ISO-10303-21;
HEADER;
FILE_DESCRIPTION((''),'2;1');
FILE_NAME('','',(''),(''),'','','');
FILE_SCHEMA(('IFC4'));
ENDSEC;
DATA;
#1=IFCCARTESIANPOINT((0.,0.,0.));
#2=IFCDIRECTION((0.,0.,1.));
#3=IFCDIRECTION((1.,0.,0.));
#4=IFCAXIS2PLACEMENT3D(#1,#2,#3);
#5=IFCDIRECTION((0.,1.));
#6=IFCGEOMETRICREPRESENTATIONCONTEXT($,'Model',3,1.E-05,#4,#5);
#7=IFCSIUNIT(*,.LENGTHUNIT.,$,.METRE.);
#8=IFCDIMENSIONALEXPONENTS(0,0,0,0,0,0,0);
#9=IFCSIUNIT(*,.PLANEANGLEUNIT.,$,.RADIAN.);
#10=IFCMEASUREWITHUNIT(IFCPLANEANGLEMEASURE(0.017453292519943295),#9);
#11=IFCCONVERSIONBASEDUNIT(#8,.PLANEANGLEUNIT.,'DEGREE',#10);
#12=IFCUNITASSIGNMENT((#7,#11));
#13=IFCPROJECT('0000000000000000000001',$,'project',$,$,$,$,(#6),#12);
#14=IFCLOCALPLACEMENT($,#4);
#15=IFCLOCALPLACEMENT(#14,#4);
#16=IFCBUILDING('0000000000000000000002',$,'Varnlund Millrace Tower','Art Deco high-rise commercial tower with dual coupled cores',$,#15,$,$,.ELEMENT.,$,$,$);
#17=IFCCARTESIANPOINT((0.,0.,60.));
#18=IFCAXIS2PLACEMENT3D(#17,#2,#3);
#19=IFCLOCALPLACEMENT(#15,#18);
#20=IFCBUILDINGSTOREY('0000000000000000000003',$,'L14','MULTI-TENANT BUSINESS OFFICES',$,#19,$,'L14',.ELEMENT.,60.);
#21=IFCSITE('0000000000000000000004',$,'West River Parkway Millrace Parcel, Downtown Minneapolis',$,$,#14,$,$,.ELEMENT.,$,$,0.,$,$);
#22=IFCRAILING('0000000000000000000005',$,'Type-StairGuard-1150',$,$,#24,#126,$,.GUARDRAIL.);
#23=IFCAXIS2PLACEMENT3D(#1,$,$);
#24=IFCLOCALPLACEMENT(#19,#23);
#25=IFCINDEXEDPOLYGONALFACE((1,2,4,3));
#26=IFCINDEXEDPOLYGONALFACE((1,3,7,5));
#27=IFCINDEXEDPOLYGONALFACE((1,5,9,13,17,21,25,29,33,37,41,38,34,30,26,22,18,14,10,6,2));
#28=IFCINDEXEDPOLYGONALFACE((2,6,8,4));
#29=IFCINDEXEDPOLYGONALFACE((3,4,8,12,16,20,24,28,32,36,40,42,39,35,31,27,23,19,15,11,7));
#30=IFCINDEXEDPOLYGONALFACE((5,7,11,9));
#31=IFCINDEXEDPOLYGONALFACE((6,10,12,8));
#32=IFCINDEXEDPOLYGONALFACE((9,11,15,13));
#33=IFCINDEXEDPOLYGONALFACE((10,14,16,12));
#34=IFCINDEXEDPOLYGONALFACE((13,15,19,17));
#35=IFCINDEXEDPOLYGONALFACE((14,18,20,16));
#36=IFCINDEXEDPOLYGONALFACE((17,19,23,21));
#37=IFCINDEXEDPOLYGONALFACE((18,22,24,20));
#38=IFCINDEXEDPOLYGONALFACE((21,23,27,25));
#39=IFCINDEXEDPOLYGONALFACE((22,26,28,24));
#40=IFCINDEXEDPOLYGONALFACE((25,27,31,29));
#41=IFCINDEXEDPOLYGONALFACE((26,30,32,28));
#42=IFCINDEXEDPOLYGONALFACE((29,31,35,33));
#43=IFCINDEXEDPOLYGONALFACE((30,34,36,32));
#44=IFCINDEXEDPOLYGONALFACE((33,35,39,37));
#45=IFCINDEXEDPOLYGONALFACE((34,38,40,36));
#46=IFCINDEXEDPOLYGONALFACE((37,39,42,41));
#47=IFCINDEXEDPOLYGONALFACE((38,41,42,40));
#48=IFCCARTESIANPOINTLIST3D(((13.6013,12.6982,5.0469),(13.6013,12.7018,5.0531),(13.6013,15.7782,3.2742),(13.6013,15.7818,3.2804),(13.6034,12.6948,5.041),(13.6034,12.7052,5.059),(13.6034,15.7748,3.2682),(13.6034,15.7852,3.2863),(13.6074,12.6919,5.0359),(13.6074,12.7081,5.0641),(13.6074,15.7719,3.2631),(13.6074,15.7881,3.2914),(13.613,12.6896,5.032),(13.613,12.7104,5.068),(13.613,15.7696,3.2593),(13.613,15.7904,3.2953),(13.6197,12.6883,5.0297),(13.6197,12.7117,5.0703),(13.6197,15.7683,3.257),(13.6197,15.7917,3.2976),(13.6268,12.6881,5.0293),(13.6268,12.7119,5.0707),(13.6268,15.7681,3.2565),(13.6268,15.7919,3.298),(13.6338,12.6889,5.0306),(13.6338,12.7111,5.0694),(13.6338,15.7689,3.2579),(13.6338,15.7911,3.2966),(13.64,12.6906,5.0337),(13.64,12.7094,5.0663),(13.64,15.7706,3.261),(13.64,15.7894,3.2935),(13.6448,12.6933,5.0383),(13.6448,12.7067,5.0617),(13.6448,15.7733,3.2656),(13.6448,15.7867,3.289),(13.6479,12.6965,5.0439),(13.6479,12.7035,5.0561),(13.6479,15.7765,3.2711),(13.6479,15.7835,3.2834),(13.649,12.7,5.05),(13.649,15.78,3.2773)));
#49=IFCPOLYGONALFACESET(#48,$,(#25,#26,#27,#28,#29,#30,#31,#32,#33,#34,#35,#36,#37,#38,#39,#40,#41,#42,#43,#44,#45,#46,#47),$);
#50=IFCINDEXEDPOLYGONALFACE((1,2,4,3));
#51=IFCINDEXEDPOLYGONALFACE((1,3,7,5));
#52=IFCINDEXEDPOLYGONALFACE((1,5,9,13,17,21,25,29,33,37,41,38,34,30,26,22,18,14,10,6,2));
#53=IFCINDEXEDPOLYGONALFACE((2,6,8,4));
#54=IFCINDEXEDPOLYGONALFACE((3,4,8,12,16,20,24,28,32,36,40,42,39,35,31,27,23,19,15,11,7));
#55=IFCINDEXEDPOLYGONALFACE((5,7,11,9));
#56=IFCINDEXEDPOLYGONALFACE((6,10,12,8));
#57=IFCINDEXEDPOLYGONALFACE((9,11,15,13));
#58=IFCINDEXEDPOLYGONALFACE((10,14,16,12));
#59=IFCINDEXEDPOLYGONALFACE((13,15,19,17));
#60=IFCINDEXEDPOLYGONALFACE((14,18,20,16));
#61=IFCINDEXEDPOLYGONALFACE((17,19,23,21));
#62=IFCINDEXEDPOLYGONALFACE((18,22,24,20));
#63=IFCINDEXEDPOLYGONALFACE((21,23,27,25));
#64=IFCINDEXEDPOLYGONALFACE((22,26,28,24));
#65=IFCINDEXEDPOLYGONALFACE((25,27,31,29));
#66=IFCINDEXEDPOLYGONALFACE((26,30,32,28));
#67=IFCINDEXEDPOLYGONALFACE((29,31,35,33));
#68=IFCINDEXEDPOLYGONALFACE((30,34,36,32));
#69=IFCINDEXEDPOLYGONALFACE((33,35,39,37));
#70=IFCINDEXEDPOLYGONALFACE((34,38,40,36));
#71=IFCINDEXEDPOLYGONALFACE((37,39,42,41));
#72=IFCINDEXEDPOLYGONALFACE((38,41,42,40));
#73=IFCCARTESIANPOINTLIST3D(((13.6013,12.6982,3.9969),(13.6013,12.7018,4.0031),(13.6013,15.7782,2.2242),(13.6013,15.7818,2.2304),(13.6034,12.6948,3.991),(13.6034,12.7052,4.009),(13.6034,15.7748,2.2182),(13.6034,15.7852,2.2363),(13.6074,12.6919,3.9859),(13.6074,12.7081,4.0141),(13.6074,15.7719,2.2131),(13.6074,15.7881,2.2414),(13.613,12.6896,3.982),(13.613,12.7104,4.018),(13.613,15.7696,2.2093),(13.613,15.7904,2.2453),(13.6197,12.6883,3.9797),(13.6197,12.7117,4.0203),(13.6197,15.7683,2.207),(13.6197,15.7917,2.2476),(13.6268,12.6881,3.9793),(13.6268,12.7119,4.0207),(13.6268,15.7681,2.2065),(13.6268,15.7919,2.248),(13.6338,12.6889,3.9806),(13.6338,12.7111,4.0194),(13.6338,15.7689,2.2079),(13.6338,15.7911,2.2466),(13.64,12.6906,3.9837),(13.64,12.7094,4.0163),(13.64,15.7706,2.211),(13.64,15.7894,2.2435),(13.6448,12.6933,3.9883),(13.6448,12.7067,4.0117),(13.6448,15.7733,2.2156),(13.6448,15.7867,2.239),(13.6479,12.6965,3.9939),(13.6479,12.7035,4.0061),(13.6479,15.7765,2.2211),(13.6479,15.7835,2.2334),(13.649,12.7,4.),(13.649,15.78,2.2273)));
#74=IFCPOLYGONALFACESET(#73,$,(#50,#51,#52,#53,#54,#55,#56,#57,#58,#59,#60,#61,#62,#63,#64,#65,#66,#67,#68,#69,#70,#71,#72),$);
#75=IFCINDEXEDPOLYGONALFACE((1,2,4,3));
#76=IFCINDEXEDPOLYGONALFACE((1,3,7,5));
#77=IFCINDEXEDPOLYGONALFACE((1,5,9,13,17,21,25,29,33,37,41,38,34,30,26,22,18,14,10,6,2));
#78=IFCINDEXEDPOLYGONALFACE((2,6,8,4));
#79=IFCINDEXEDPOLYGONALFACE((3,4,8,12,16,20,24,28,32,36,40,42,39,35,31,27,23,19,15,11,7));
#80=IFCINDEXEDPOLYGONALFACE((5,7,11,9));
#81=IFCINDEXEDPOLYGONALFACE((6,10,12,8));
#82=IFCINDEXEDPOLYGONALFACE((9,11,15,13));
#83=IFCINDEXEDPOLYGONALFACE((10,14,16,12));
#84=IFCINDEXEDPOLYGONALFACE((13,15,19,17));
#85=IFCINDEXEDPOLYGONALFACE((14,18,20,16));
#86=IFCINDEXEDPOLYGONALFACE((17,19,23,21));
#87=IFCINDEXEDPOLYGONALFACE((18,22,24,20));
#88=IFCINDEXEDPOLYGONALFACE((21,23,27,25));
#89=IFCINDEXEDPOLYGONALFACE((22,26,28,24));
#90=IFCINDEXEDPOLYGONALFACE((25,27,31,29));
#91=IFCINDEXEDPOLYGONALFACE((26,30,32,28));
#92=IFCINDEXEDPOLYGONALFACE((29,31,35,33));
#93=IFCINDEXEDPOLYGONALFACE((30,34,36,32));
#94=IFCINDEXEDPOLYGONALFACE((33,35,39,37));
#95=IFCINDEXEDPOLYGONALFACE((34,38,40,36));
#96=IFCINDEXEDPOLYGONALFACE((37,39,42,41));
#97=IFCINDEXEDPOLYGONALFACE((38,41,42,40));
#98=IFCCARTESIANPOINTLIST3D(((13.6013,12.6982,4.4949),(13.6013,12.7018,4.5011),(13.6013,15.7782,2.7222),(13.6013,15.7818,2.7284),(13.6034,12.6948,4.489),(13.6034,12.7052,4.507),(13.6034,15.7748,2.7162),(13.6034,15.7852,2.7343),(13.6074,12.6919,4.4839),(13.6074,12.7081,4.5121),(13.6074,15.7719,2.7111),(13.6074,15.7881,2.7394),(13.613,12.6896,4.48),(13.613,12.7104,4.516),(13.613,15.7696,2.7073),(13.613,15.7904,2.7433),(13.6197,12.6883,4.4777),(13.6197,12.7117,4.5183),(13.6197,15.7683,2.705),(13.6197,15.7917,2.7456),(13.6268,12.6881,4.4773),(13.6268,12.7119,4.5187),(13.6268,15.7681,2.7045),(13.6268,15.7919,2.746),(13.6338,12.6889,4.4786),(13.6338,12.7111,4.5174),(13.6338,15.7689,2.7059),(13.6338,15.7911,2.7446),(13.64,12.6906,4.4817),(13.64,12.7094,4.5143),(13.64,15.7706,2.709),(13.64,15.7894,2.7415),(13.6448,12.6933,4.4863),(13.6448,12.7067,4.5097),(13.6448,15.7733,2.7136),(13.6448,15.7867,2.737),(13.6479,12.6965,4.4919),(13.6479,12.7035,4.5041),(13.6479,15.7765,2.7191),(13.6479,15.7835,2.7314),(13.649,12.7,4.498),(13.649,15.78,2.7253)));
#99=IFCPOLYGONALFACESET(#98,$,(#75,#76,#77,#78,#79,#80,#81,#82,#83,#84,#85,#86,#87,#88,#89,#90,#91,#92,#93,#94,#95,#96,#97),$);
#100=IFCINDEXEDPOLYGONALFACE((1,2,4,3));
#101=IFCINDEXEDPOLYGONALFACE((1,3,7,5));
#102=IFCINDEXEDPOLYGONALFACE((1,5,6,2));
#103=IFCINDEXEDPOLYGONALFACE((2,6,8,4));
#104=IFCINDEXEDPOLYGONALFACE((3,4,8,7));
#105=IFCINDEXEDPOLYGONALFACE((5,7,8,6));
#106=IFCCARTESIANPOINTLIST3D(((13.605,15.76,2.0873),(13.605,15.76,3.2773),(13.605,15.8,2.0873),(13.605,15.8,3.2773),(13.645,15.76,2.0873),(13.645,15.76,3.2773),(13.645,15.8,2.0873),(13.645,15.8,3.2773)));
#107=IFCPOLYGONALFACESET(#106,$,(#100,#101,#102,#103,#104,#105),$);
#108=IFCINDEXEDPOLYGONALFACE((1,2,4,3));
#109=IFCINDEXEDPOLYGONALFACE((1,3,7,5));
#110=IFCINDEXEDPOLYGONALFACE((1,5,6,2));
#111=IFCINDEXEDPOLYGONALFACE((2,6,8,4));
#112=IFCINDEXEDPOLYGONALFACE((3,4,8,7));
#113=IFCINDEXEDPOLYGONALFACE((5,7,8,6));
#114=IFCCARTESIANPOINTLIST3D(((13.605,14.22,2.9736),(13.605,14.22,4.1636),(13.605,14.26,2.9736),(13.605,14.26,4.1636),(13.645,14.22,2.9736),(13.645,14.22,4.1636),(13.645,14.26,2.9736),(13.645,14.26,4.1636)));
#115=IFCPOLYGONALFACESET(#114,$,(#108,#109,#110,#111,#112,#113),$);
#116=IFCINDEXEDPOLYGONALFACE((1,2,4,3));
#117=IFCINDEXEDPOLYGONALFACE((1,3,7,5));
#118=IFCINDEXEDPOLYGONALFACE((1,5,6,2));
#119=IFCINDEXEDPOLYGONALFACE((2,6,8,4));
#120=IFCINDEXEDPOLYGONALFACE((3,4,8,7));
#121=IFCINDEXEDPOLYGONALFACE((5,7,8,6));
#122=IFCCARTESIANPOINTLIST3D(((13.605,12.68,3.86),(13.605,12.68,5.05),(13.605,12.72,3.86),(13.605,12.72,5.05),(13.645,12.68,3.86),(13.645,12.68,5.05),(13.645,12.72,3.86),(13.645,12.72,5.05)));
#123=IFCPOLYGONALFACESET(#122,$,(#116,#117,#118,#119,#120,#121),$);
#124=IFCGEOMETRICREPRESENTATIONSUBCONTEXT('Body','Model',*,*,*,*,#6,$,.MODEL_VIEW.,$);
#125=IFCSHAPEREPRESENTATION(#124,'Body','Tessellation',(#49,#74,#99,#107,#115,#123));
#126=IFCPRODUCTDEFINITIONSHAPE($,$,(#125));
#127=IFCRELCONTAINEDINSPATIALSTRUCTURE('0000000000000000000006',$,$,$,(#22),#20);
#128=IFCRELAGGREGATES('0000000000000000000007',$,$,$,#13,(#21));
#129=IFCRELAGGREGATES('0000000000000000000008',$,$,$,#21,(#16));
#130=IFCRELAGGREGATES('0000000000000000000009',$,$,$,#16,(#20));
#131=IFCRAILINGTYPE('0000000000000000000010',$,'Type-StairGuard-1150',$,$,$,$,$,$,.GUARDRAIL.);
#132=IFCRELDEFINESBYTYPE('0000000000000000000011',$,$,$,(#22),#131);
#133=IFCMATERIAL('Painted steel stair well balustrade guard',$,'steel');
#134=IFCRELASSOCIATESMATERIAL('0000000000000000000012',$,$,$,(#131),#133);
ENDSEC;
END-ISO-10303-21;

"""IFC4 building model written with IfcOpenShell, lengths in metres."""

from ifc_helpers import new_model, entity, si_unit, converted_unit, direction, frame, origin_with_axes, origin_2d_with_axis, place, context, subcontext, project, spatial, rectangle, circle, extrude, material, type_object, element, save


model = new_model("IFC4")

# Units and contexts
model_context = context("Model", 3, precision=1e-05, world=origin_with_axes(), true_north=direction((0.0, 1.0)))
body_context = subcontext(model_context, "Body", "Model", "MODEL_VIEW")
ifc_project = project(units=[si_unit("LENGTHUNIT", "METRE"), converted_unit("PLANEANGLEUNIT", "DEGREE", entity("IfcPlaneAngleMeasure", 0.017453292519943295), si_unit("PLANEANGLEUNIT", "RADIAN"), dimensions=[0, 0, 0, 0, 0, 0, 0])], contexts=[model_context])

# Site, building, storey
site_placement = place(None, origin_with_axes())
site = spatial("IfcSite", under=ifc_project, at=site_placement, Name="West River Parkway Millrace Parcel, Downtown Minneapolis", CompositionType="ELEMENT", RefElevation=0.0)
building_placement = place(site_placement, origin_with_axes())
building = spatial("IfcBuilding", under=site, at=building_placement, Name="Varnlund Millrace Tower", Description="Art Deco high-rise commercial tower with dual coupled cores", CompositionType="ELEMENT")
storey_placement = place(building_placement, frame((0.0, 0.0, 60.0), z_axis=(0.0, 0.0, 1.0), x_axis=(1.0, 0.0, 0.0)))
storey = spatial("IfcBuildingStorey", under=building, at=storey_placement, Name="L14", Description="MULTI-TENANT BUSINESS OFFICES", LongName="L14", CompositionType="ELEMENT", Elevation=60.0)

# Railing
ifc_material_1 = material(Name="Painted steel stair well balustrade guard", Category="steel")
railing_type_1 = type_object("IfcRailingType", Name="Type-StairGuard-1150", PredefinedType="GUARDRAIL", material=ifc_material_1)
railing_1_placement = place(storey_placement, frame((0.0, 0.0, -60.0), z_axis=(0.0, 0.0, 1.0), x_axis=(1.0, 0.0, 0.0)))
element("IfcRailing", 1, at=railing_1_placement, inside=storey, type_object=railing_type_1, Name="Type-StairGuard-1150", PredefinedType="GUARDRAIL", context=body_context, shape_type="SweptSolid", body=[
    extrude(circle(Radius=0.024, at=origin_2d_with_axis()), frame((13.625, 15.78, 63.2773), z_axis=(0.0, -0.866696, 0.498836), x_axis=(1.0, 0.0, 0.0)), (0.0, 0.0, 1.0), 3.5537),
    extrude(circle(Radius=0.024, at=origin_2d_with_axis()), frame((13.625, 15.78, 62.2273), z_axis=(0.0, -0.866696, 0.498836), x_axis=(1.0, 0.0, 0.0)), (0.0, 0.0, 1.0), 3.5537),
    extrude(circle(Radius=0.024, at=origin_2d_with_axis()), frame((13.625, 15.78, 62.7253), z_axis=(0.0, -0.866696, 0.498836), x_axis=(1.0, 0.0, 0.0)), (0.0, 0.0, 1.0), 3.5537),
    extrude(rectangle(XDim=0.04, YDim=0.04, at=origin_2d_with_axis()), frame((13.625, 15.78, 62.0873), z_axis=(0.0, 0.0, 1.0), x_axis=(1.0, 0.0, 0.0)), (0.0, 0.0, 1.0), 1.19),
    extrude(rectangle(XDim=0.04, YDim=0.04, at=origin_2d_with_axis()), frame((13.625, 14.24, 62.9736), z_axis=(0.0, 0.0, 1.0), x_axis=(1.0, 0.0, 0.0)), (0.0, 0.0, 1.0), 1.19),
    extrude(rectangle(XDim=0.04, YDim=0.04, at=origin_2d_with_axis()), frame((13.625, 12.7, 63.86), z_axis=(0.0, 0.0, 1.0), x_axis=(1.0, 0.0, 0.0)), (0.0, 0.0, 1.0), 1.19),
])

save(model, "model.ifc")
